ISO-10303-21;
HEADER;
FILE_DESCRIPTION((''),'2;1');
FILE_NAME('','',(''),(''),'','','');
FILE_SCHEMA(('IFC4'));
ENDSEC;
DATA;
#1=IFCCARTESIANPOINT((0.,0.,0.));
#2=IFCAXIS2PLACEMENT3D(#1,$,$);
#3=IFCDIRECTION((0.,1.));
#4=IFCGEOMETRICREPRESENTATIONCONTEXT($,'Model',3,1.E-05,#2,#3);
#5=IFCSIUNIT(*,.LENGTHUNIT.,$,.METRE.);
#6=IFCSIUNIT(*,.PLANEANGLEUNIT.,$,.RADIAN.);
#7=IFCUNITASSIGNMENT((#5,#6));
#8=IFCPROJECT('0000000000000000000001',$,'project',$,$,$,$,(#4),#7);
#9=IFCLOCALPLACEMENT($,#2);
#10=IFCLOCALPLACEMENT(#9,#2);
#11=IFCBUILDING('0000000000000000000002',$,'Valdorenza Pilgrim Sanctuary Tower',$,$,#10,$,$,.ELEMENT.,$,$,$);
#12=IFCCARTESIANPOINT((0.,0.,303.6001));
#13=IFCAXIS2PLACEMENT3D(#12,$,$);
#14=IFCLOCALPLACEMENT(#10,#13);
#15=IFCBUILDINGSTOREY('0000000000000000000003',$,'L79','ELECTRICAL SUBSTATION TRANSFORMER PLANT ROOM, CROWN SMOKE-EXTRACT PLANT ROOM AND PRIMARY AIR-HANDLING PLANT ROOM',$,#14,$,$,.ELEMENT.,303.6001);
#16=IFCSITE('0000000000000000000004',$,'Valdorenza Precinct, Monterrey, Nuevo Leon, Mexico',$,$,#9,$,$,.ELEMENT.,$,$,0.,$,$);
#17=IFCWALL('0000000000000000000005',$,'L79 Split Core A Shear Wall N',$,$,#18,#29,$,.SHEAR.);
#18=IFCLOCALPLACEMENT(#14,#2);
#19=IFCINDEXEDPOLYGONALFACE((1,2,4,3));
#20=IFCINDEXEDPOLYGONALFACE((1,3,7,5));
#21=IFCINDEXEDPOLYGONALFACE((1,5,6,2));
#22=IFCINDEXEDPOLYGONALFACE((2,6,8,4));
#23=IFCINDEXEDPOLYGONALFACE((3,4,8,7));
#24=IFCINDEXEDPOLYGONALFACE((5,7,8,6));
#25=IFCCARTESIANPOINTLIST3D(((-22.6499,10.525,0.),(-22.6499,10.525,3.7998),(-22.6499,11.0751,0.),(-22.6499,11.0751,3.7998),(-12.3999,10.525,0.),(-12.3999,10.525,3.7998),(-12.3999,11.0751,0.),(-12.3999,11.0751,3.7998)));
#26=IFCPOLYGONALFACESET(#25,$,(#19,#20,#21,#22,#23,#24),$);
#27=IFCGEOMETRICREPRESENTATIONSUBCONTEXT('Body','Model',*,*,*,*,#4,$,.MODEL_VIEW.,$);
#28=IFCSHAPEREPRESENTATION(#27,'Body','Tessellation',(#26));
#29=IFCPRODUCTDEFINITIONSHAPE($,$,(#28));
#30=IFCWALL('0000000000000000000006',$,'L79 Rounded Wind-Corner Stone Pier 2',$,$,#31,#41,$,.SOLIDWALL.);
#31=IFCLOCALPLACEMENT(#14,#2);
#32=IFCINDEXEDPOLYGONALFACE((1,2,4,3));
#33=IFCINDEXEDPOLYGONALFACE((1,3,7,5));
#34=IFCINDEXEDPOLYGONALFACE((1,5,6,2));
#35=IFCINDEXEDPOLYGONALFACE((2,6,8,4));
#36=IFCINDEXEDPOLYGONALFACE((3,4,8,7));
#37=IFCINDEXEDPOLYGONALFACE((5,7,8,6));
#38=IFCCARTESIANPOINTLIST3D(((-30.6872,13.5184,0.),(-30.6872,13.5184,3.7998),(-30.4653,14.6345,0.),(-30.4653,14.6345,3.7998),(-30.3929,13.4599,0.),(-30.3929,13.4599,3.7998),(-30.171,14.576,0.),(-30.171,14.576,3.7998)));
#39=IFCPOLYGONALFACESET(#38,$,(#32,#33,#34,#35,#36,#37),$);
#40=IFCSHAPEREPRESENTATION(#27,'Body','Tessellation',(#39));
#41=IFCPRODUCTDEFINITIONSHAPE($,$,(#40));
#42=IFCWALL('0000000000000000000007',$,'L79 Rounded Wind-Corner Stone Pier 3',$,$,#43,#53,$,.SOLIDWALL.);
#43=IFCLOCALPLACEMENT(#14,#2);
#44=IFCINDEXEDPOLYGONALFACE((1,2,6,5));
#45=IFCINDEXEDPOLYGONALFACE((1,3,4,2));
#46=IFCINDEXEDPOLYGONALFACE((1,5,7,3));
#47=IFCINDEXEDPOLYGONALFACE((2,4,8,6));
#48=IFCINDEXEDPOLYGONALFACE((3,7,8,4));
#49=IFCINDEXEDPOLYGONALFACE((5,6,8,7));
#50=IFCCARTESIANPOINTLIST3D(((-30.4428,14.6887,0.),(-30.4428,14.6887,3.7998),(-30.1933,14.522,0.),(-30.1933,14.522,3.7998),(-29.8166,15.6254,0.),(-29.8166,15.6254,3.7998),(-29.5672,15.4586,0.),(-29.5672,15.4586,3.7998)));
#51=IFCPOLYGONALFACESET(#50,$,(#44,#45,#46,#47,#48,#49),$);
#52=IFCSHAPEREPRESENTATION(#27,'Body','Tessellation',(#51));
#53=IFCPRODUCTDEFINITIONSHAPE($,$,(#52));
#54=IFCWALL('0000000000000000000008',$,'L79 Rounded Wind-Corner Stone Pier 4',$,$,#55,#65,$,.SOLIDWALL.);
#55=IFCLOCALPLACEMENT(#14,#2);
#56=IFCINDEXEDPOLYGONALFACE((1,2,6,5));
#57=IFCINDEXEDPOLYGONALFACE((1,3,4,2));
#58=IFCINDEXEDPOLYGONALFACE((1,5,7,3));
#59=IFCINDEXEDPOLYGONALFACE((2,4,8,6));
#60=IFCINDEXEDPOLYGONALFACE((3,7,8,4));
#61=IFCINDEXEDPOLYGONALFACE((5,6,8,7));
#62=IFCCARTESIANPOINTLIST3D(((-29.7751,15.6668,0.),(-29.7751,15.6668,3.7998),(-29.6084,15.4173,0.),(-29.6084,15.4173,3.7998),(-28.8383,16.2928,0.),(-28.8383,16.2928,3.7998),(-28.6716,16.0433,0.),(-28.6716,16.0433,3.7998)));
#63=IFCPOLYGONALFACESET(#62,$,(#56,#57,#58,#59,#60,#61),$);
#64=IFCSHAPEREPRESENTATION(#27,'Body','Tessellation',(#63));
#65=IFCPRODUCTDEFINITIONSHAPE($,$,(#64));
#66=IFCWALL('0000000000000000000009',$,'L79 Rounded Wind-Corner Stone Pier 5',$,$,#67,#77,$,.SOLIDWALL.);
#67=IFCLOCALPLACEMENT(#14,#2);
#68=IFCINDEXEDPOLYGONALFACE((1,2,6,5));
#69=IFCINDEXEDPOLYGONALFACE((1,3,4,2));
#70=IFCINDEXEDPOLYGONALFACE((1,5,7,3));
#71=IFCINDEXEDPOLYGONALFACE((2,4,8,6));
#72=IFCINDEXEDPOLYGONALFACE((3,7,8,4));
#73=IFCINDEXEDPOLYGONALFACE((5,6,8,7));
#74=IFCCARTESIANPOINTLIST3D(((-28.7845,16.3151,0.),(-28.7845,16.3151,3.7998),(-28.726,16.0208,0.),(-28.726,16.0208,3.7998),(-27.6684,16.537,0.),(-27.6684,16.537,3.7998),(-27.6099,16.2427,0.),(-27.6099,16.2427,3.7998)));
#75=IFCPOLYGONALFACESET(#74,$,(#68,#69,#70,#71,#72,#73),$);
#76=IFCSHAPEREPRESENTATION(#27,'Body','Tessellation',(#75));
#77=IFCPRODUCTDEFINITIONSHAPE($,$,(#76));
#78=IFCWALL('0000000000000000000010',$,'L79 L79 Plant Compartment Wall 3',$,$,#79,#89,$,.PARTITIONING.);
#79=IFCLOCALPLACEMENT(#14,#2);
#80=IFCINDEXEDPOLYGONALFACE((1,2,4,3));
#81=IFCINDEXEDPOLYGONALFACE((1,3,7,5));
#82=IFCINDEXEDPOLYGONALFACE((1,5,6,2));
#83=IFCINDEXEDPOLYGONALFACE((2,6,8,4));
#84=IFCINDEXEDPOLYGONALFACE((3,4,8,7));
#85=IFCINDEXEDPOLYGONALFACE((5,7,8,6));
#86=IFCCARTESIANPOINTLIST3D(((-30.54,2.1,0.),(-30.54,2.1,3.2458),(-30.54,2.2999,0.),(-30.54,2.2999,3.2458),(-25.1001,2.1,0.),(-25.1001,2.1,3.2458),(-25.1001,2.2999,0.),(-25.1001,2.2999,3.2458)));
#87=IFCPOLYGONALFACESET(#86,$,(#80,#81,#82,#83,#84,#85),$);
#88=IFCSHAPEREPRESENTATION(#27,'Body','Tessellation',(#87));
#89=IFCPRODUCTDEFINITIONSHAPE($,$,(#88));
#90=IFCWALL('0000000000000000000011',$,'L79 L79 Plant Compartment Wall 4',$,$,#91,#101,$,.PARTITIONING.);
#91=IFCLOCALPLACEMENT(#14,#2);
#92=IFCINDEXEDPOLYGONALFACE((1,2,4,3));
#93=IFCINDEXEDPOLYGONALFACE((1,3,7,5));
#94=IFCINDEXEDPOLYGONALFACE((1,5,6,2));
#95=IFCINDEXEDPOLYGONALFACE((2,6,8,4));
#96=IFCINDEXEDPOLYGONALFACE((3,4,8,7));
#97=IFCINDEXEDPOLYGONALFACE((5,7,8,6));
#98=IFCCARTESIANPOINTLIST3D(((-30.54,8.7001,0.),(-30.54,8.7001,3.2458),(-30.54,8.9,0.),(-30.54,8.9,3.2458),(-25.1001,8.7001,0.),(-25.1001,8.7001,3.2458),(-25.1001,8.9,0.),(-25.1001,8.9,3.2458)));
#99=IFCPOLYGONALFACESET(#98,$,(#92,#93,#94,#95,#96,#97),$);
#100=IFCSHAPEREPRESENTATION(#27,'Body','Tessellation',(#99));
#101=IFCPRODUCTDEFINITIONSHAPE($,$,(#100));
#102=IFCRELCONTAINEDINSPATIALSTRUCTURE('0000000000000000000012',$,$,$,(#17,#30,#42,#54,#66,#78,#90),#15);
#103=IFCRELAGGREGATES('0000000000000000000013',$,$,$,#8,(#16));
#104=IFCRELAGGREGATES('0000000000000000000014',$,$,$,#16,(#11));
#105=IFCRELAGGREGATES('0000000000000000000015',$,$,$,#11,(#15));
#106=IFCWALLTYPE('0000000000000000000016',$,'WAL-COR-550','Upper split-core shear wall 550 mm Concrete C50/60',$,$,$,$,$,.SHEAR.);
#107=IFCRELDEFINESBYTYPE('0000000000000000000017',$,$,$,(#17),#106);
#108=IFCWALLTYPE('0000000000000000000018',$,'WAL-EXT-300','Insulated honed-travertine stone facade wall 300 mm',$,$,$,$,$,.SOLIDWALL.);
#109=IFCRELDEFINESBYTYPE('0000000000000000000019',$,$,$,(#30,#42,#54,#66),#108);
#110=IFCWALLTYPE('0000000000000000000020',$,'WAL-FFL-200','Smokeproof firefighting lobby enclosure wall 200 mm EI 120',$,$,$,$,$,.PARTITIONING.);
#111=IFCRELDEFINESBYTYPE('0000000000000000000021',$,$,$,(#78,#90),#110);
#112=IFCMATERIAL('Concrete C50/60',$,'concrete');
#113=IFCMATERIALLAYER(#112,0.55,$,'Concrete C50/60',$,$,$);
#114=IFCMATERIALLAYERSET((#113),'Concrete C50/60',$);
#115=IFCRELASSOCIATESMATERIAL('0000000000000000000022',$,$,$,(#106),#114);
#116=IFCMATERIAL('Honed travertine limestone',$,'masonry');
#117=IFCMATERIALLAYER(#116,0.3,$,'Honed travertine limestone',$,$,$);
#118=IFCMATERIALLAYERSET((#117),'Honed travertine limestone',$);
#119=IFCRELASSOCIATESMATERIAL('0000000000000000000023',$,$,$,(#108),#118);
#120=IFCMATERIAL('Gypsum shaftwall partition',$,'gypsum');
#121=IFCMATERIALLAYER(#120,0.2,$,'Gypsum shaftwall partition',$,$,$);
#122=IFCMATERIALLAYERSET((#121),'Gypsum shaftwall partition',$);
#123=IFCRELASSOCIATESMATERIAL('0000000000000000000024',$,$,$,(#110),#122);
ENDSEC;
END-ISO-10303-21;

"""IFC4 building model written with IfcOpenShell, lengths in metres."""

from ifc_helpers import new_model, si_unit, direction, frame, frame_2d, origin, place, context, subcontext, project, spatial, rectangle, extrude, material, layer, layer_set, type_object, element, save


model = new_model("IFC4")

# Units and contexts
model_context = context("Model", 3, precision=1e-05, world=origin(), true_north=direction((0.0, 1.0)))
body_context = subcontext(model_context, "Body", "Model", "MODEL_VIEW")
ifc_project = project(units=[si_unit("LENGTHUNIT", "METRE"), si_unit("PLANEANGLEUNIT", "RADIAN")], contexts=[model_context])

# Site, building, storey
site_placement = place(None, origin())
site = spatial("IfcSite", under=ifc_project, at=site_placement, Name="Valdorenza Precinct, Monterrey, Nuevo Leon, Mexico", CompositionType="ELEMENT", RefElevation=0.0)
building_placement = place(site_placement, origin())
building = spatial("IfcBuilding", under=site, at=building_placement, Name="Valdorenza Pilgrim Sanctuary Tower", CompositionType="ELEMENT")
storey_placement = place(building_placement, frame((0.0, 0.0, 303.6001)))
storey = spatial("IfcBuildingStorey", under=building, at=storey_placement, Name="L79", Description="ELECTRICAL SUBSTATION TRANSFORMER PLANT ROOM, CROWN SMOKE-EXTRACT PLANT ROOM AND PRIMARY AIR-HANDLING PLANT ROOM", CompositionType="ELEMENT", Elevation=303.6001)

# Shared definitions
ifc_material_1 = material(Name="Concrete C50/60", Category="concrete")

# Walls
ifc_layer_1 = layer(ifc_material_1, 0.55, Name="Concrete C50/60")
ifc_layer_set_1 = layer_set([ifc_layer_1], Name="Concrete C50/60")
wall_type_1 = type_object("IfcWallType", Name="WAL-COR-550", Description="Upper split-core shear wall 550 mm Concrete C50/60", PredefinedType="SHEAR", material=ifc_layer_set_1)
wall_1_placement = place(storey_placement, frame((-22.6499, 10.8, 0.0), z_axis=(0.0, 0.0, 1.0), x_axis=(1.0, 0.0, 0.0)))
element("IfcWall", 1, at=wall_1_placement, inside=storey, type_object=wall_type_1, Name="L79 Split Core A Shear Wall N", PredefinedType="SHEAR", context=body_context, shape_type="SweptSolid", body=[
    extrude(rectangle(XDim=10.25, YDim=0.55, at=frame_2d((5.125, 0.0))), origin(), (0.0, 0.0, 1.0), 3.7998),
])
ifc_material_2 = material(Name="Honed travertine limestone", Category="masonry")
ifc_layer_2 = layer(ifc_material_2, 0.3, Name="Honed travertine limestone")
ifc_layer_set_2 = layer_set([ifc_layer_2], Name="Honed travertine limestone")
wall_type_2 = type_object("IfcWallType", Name="WAL-EXT-300", Description="Insulated honed-travertine stone facade wall 300 mm", PredefinedType="SOLIDWALL", material=ifc_layer_set_2)
wall_2_placement = place(storey_placement, frame((-30.54, 13.4893, 0.0), z_axis=(0.0, 0.0, 1.0), x_axis=(0.195043, 0.980795, 0.0)))
element("IfcWall", 2, at=wall_2_placement, inside=storey, type_object=wall_type_2, Name="L79 Rounded Wind-Corner Stone Pier 2", PredefinedType="SOLIDWALL", context=body_context, shape_type="SweptSolid", body=[
    extrude(rectangle(XDim=1.1379, YDim=0.3, at=frame_2d((0.5688, 0.0))), origin(), (0.0, 0.0, 1.0), 3.7998),
])
for number, where, z_axis, x_axis, name in (
    (3, (-30.3181, 14.6052, 0.0), (0.0, 0.0, 1.0), (0.55575, 0.83135, 0.0), "L79 Rounded Wind-Corner Stone Pier 3"),
    (4, (-29.6919, 15.542, 0.0), (0.0, 0.0, 1.0), (0.83145, 0.5556, 0.0), "L79 Rounded Wind-Corner Stone Pier 4"),
):
    element("IfcWall", number, at=place(storey_placement, frame(where, z_axis=z_axis, x_axis=x_axis)), inside=storey, type_object=wall_type_2, Name=name, PredefinedType="SOLIDWALL", context=body_context, shape_type="SweptSolid", body=[
        extrude(rectangle(XDim=1.1267, YDim=0.3, at=frame_2d((0.5635, 0.0))), origin(), (0.0, 0.0, 1.0), 3.7998),
    ])
wall_3_placement = place(storey_placement, frame((-28.7551, 16.168, 0.0), z_axis=(0.0, 0.0, 1.0), x_axis=(0.980795, 0.195043, 0.0)))
element("IfcWall", 5, at=wall_3_placement, inside=storey, type_object=wall_type_2, Name="L79 Rounded Wind-Corner Stone Pier 5", PredefinedType="SOLIDWALL", context=body_context, shape_type="SweptSolid", body=[
    extrude(rectangle(XDim=1.1379, YDim=0.3, at=frame_2d((0.5688, 0.0))), origin(), (0.0, 0.0, 1.0), 3.7998),
])
ifc_material_3 = material(Name="Gypsum shaftwall partition", Category="gypsum")
ifc_layer_3 = layer(ifc_material_3, 0.2, Name="Gypsum shaftwall partition")
ifc_layer_set_3 = layer_set([ifc_layer_3], Name="Gypsum shaftwall partition")
wall_type_3 = type_object("IfcWallType", Name="WAL-FFL-200", Description="Smokeproof firefighting lobby enclosure wall 200 mm EI 120", PredefinedType="PARTITIONING", material=ifc_layer_set_3)
for number, where, z_axis, x_axis, name in (
    (6, (-30.54, 2.2, 0.0), (0.0, 0.0, 1.0), (1.0, 0.0, 0.0), "L79 L79 Plant Compartment Wall 3"),
    (7, (-30.54, 8.8, 0.0), (0.0, 0.0, 1.0), (1.0, 0.0, 0.0), "L79 L79 Plant Compartment Wall 4"),
):
    element("IfcWall", number, at=place(storey_placement, frame(where, z_axis=z_axis, x_axis=x_axis)), inside=storey, type_object=wall_type_3, Name=name, PredefinedType="PARTITIONING", context=body_context, shape_type="SweptSolid", body=[
        extrude(rectangle(XDim=5.4399, YDim=0.2, at=frame_2d((2.72, 0.0))), origin(), (0.0, 0.0, 1.0), 3.2458),
    ])

save(model, "model.ifc")
